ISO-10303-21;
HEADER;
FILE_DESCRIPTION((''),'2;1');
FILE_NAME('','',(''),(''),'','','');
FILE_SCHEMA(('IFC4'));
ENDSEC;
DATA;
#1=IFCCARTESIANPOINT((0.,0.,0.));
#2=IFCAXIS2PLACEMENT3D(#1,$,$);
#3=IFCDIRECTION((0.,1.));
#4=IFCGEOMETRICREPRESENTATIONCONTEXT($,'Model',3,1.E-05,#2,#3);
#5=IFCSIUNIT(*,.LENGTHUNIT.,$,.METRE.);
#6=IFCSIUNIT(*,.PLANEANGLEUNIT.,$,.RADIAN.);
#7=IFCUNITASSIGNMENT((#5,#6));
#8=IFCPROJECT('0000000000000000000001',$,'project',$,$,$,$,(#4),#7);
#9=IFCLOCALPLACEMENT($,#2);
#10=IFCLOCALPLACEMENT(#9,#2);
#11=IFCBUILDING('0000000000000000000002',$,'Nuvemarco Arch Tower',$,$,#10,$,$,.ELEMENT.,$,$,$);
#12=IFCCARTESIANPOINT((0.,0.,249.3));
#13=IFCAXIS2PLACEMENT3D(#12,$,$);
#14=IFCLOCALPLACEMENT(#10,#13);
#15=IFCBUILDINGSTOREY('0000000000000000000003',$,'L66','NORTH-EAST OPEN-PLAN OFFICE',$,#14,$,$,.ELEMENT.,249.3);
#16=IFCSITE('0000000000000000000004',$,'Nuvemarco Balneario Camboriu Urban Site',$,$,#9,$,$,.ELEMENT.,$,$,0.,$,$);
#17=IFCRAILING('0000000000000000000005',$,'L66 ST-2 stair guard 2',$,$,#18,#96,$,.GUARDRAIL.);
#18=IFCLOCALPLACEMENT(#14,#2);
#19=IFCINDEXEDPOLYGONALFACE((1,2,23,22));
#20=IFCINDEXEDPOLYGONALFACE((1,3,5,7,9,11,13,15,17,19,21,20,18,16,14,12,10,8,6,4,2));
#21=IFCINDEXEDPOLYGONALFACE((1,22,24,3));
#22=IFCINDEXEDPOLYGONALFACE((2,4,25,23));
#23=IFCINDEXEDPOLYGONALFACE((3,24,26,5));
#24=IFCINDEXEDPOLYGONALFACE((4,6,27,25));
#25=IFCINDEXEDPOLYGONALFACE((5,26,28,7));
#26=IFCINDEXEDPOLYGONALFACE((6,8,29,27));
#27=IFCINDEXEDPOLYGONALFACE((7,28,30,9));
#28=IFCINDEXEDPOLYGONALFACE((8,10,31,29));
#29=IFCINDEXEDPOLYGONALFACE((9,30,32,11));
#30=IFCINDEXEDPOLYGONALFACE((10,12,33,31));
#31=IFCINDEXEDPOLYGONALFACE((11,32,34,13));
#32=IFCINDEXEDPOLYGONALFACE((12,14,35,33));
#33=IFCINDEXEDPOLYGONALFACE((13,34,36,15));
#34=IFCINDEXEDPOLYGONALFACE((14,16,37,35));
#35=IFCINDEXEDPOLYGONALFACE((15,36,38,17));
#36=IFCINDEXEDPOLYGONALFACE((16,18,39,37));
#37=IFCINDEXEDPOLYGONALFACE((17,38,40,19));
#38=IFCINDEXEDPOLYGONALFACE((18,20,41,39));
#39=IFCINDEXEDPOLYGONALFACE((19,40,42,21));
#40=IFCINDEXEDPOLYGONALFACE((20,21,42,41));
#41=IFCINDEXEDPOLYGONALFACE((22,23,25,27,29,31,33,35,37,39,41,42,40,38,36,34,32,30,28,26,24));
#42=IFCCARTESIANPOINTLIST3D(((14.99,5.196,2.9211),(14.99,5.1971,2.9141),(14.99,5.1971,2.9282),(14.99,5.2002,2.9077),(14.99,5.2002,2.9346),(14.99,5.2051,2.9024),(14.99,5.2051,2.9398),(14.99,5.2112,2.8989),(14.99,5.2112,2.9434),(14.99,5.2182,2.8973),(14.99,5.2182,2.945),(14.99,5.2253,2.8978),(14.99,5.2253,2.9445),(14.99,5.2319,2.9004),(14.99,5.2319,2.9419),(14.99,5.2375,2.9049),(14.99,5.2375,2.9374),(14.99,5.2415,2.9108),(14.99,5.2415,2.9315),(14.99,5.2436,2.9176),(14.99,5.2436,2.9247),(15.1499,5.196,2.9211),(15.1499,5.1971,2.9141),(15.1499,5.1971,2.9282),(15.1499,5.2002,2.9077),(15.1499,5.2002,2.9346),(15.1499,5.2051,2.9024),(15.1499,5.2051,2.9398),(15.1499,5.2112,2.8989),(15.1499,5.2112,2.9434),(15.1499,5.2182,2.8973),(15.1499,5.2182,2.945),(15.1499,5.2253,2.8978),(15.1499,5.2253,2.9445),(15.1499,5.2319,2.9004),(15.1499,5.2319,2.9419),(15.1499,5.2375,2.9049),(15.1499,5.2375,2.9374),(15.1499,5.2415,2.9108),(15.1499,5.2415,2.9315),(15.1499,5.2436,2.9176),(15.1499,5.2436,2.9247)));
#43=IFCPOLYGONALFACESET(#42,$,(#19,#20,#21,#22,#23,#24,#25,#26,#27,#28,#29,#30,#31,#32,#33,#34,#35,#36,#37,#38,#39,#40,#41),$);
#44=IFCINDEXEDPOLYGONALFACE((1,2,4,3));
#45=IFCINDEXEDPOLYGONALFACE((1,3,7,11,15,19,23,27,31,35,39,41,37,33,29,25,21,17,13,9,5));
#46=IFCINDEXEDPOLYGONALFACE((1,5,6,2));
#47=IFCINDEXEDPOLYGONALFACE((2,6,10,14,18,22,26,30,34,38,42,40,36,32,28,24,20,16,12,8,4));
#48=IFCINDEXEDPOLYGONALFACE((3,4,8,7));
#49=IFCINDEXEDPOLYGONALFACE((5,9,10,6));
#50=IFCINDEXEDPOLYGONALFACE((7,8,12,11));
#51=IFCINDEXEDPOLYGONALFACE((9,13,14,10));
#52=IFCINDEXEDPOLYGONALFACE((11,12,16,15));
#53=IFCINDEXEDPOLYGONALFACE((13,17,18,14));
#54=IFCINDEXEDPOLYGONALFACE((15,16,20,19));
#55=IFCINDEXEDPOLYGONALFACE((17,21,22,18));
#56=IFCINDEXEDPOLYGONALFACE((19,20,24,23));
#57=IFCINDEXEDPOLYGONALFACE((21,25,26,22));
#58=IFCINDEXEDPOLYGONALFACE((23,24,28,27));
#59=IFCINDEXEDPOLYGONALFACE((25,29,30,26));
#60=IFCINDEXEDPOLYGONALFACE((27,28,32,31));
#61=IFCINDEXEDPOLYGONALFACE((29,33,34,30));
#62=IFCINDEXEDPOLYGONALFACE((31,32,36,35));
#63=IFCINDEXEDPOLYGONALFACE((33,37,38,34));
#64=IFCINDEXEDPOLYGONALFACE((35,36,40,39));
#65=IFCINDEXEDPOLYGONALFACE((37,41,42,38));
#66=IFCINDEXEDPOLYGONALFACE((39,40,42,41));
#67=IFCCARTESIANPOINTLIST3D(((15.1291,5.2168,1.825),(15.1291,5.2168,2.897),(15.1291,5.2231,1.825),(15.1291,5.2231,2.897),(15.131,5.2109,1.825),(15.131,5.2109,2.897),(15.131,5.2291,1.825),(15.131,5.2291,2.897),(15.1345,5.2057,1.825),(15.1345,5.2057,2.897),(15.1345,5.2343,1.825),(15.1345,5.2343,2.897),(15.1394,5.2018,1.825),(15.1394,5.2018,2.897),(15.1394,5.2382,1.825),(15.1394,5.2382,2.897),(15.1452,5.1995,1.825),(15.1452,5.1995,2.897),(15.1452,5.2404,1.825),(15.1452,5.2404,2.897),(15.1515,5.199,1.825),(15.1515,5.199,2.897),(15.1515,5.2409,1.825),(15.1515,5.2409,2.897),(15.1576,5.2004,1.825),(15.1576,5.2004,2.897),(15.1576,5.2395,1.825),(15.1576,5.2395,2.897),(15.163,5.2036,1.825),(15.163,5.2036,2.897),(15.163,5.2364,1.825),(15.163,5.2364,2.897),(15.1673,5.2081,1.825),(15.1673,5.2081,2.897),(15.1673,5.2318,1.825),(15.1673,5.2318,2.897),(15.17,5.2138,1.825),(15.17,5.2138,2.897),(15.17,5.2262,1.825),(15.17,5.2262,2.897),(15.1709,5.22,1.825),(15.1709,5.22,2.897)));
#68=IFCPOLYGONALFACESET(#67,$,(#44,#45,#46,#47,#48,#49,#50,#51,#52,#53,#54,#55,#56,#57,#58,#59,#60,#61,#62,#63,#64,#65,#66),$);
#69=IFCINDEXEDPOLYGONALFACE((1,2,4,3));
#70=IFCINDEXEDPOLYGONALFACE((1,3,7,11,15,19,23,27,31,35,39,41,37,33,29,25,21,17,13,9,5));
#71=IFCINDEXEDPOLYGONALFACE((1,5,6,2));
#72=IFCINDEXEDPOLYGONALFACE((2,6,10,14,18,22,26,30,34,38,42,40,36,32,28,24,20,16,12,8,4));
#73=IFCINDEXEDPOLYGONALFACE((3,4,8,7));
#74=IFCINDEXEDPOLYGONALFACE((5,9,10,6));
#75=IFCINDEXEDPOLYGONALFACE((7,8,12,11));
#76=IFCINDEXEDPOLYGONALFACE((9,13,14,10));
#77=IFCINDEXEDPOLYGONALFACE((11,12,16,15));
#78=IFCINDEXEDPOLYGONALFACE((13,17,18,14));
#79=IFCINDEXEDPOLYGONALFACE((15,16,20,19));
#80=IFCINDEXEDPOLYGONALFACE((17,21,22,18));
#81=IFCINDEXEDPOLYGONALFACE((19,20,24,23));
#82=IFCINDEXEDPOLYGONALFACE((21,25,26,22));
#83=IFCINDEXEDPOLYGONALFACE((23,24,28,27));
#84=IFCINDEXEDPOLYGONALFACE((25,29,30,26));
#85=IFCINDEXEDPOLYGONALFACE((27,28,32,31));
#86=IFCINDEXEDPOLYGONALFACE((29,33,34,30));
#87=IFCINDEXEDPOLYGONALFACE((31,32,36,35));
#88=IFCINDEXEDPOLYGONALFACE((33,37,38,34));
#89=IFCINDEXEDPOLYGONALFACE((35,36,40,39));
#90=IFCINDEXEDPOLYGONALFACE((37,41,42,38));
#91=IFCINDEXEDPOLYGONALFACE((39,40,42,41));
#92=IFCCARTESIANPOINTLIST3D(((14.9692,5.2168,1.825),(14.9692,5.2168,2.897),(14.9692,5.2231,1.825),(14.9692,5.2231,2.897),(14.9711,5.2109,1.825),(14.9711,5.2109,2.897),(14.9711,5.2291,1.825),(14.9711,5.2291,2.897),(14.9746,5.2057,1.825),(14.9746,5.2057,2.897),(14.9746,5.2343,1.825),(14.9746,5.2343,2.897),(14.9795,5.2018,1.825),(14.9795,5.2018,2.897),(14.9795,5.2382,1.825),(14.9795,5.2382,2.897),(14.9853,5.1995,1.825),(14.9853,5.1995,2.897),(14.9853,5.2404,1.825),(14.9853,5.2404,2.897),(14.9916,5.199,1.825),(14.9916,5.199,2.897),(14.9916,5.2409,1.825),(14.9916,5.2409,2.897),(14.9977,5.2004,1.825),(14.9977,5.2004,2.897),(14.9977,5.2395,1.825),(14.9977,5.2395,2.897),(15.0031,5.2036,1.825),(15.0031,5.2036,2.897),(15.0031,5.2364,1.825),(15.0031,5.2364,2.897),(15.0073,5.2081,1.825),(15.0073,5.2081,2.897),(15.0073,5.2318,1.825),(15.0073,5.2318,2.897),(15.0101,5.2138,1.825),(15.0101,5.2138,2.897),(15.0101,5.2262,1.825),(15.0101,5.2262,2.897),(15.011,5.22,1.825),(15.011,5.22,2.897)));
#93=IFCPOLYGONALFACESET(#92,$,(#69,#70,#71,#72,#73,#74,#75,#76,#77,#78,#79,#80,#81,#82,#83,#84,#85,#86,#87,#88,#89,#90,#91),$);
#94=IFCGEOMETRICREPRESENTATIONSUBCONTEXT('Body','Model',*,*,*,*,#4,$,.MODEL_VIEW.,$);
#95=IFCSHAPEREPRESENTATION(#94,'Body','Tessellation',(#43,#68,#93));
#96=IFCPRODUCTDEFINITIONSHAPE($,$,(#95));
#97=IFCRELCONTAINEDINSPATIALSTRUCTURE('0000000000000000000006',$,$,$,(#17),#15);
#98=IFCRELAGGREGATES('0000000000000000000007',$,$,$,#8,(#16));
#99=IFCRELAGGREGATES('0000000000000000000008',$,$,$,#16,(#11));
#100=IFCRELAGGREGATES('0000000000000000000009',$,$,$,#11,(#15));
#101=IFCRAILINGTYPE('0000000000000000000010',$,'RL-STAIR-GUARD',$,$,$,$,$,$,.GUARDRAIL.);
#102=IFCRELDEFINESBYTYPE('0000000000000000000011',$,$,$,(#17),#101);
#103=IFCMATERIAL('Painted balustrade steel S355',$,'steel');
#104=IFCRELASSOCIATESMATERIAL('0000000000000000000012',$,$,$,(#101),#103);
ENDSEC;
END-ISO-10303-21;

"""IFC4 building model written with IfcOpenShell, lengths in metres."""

from ifc_helpers import new_model, si_unit, direction, frame, origin, origin_2d, place, context, subcontext, project, spatial, circle, extrude, material, type_object, element, save


model = new_model("IFC4")

# Units and contexts
model_context = context("Model", 3, precision=1e-05, world=origin(), true_north=direction((0.0, 1.0)))
body_context = subcontext(model_context, "Body", "Model", "MODEL_VIEW")
ifc_project = project(units=[si_unit("LENGTHUNIT", "METRE"), si_unit("PLANEANGLEUNIT", "RADIAN")], contexts=[model_context])

# Site, building, storey
site_placement = place(None, origin())
site = spatial("IfcSite", under=ifc_project, at=site_placement, Name="Nuvemarco Balneario Camboriu Urban Site", CompositionType="ELEMENT", RefElevation=0.0)
building_placement = place(site_placement, origin())
building = spatial("IfcBuilding", under=site, at=building_placement, Name="Nuvemarco Arch Tower", CompositionType="ELEMENT")
storey_placement = place(building_placement, frame((0.0, 0.0, 249.3)))
storey = spatial("IfcBuildingStorey", under=building, at=storey_placement, Name="L66", Description="NORTH-EAST OPEN-PLAN OFFICE", CompositionType="ELEMENT", Elevation=249.3)

# Railing
ifc_material_1 = material(Name="Painted balustrade steel S355", Category="steel")
railing_type_1 = type_object("IfcRailingType", Name="RL-STAIR-GUARD", PredefinedType="GUARDRAIL", material=ifc_material_1)
railing_1_placement = place(storey_placement, frame((15.1499, 5.22, 1.825)))
element("IfcRailing", 1, at=railing_1_placement, inside=storey, type_object=railing_type_1, Name="L66 ST-2 stair guard 2", PredefinedType="GUARDRAIL", context=body_context, shape_type="SweptSolid", body=[
    extrude(circle(Radius=0.0239, at=origin_2d()), frame((0.0, 0.0, 1.0962), z_axis=(-1.0, 0.0, 0.0), x_axis=(0.0, -1.0, 0.0)), (0.0, 0.0, 1.0), 0.1599),
    extrude(circle(Radius=0.021, at=origin_2d()), origin(), (0.0, 0.0, 1.0), 1.072),
    extrude(circle(Radius=0.021, at=origin_2d()), frame((-0.1599, 0.0, 0.0)), (0.0, 0.0, 1.0), 1.072),
])

save(model, "model.ifc")
